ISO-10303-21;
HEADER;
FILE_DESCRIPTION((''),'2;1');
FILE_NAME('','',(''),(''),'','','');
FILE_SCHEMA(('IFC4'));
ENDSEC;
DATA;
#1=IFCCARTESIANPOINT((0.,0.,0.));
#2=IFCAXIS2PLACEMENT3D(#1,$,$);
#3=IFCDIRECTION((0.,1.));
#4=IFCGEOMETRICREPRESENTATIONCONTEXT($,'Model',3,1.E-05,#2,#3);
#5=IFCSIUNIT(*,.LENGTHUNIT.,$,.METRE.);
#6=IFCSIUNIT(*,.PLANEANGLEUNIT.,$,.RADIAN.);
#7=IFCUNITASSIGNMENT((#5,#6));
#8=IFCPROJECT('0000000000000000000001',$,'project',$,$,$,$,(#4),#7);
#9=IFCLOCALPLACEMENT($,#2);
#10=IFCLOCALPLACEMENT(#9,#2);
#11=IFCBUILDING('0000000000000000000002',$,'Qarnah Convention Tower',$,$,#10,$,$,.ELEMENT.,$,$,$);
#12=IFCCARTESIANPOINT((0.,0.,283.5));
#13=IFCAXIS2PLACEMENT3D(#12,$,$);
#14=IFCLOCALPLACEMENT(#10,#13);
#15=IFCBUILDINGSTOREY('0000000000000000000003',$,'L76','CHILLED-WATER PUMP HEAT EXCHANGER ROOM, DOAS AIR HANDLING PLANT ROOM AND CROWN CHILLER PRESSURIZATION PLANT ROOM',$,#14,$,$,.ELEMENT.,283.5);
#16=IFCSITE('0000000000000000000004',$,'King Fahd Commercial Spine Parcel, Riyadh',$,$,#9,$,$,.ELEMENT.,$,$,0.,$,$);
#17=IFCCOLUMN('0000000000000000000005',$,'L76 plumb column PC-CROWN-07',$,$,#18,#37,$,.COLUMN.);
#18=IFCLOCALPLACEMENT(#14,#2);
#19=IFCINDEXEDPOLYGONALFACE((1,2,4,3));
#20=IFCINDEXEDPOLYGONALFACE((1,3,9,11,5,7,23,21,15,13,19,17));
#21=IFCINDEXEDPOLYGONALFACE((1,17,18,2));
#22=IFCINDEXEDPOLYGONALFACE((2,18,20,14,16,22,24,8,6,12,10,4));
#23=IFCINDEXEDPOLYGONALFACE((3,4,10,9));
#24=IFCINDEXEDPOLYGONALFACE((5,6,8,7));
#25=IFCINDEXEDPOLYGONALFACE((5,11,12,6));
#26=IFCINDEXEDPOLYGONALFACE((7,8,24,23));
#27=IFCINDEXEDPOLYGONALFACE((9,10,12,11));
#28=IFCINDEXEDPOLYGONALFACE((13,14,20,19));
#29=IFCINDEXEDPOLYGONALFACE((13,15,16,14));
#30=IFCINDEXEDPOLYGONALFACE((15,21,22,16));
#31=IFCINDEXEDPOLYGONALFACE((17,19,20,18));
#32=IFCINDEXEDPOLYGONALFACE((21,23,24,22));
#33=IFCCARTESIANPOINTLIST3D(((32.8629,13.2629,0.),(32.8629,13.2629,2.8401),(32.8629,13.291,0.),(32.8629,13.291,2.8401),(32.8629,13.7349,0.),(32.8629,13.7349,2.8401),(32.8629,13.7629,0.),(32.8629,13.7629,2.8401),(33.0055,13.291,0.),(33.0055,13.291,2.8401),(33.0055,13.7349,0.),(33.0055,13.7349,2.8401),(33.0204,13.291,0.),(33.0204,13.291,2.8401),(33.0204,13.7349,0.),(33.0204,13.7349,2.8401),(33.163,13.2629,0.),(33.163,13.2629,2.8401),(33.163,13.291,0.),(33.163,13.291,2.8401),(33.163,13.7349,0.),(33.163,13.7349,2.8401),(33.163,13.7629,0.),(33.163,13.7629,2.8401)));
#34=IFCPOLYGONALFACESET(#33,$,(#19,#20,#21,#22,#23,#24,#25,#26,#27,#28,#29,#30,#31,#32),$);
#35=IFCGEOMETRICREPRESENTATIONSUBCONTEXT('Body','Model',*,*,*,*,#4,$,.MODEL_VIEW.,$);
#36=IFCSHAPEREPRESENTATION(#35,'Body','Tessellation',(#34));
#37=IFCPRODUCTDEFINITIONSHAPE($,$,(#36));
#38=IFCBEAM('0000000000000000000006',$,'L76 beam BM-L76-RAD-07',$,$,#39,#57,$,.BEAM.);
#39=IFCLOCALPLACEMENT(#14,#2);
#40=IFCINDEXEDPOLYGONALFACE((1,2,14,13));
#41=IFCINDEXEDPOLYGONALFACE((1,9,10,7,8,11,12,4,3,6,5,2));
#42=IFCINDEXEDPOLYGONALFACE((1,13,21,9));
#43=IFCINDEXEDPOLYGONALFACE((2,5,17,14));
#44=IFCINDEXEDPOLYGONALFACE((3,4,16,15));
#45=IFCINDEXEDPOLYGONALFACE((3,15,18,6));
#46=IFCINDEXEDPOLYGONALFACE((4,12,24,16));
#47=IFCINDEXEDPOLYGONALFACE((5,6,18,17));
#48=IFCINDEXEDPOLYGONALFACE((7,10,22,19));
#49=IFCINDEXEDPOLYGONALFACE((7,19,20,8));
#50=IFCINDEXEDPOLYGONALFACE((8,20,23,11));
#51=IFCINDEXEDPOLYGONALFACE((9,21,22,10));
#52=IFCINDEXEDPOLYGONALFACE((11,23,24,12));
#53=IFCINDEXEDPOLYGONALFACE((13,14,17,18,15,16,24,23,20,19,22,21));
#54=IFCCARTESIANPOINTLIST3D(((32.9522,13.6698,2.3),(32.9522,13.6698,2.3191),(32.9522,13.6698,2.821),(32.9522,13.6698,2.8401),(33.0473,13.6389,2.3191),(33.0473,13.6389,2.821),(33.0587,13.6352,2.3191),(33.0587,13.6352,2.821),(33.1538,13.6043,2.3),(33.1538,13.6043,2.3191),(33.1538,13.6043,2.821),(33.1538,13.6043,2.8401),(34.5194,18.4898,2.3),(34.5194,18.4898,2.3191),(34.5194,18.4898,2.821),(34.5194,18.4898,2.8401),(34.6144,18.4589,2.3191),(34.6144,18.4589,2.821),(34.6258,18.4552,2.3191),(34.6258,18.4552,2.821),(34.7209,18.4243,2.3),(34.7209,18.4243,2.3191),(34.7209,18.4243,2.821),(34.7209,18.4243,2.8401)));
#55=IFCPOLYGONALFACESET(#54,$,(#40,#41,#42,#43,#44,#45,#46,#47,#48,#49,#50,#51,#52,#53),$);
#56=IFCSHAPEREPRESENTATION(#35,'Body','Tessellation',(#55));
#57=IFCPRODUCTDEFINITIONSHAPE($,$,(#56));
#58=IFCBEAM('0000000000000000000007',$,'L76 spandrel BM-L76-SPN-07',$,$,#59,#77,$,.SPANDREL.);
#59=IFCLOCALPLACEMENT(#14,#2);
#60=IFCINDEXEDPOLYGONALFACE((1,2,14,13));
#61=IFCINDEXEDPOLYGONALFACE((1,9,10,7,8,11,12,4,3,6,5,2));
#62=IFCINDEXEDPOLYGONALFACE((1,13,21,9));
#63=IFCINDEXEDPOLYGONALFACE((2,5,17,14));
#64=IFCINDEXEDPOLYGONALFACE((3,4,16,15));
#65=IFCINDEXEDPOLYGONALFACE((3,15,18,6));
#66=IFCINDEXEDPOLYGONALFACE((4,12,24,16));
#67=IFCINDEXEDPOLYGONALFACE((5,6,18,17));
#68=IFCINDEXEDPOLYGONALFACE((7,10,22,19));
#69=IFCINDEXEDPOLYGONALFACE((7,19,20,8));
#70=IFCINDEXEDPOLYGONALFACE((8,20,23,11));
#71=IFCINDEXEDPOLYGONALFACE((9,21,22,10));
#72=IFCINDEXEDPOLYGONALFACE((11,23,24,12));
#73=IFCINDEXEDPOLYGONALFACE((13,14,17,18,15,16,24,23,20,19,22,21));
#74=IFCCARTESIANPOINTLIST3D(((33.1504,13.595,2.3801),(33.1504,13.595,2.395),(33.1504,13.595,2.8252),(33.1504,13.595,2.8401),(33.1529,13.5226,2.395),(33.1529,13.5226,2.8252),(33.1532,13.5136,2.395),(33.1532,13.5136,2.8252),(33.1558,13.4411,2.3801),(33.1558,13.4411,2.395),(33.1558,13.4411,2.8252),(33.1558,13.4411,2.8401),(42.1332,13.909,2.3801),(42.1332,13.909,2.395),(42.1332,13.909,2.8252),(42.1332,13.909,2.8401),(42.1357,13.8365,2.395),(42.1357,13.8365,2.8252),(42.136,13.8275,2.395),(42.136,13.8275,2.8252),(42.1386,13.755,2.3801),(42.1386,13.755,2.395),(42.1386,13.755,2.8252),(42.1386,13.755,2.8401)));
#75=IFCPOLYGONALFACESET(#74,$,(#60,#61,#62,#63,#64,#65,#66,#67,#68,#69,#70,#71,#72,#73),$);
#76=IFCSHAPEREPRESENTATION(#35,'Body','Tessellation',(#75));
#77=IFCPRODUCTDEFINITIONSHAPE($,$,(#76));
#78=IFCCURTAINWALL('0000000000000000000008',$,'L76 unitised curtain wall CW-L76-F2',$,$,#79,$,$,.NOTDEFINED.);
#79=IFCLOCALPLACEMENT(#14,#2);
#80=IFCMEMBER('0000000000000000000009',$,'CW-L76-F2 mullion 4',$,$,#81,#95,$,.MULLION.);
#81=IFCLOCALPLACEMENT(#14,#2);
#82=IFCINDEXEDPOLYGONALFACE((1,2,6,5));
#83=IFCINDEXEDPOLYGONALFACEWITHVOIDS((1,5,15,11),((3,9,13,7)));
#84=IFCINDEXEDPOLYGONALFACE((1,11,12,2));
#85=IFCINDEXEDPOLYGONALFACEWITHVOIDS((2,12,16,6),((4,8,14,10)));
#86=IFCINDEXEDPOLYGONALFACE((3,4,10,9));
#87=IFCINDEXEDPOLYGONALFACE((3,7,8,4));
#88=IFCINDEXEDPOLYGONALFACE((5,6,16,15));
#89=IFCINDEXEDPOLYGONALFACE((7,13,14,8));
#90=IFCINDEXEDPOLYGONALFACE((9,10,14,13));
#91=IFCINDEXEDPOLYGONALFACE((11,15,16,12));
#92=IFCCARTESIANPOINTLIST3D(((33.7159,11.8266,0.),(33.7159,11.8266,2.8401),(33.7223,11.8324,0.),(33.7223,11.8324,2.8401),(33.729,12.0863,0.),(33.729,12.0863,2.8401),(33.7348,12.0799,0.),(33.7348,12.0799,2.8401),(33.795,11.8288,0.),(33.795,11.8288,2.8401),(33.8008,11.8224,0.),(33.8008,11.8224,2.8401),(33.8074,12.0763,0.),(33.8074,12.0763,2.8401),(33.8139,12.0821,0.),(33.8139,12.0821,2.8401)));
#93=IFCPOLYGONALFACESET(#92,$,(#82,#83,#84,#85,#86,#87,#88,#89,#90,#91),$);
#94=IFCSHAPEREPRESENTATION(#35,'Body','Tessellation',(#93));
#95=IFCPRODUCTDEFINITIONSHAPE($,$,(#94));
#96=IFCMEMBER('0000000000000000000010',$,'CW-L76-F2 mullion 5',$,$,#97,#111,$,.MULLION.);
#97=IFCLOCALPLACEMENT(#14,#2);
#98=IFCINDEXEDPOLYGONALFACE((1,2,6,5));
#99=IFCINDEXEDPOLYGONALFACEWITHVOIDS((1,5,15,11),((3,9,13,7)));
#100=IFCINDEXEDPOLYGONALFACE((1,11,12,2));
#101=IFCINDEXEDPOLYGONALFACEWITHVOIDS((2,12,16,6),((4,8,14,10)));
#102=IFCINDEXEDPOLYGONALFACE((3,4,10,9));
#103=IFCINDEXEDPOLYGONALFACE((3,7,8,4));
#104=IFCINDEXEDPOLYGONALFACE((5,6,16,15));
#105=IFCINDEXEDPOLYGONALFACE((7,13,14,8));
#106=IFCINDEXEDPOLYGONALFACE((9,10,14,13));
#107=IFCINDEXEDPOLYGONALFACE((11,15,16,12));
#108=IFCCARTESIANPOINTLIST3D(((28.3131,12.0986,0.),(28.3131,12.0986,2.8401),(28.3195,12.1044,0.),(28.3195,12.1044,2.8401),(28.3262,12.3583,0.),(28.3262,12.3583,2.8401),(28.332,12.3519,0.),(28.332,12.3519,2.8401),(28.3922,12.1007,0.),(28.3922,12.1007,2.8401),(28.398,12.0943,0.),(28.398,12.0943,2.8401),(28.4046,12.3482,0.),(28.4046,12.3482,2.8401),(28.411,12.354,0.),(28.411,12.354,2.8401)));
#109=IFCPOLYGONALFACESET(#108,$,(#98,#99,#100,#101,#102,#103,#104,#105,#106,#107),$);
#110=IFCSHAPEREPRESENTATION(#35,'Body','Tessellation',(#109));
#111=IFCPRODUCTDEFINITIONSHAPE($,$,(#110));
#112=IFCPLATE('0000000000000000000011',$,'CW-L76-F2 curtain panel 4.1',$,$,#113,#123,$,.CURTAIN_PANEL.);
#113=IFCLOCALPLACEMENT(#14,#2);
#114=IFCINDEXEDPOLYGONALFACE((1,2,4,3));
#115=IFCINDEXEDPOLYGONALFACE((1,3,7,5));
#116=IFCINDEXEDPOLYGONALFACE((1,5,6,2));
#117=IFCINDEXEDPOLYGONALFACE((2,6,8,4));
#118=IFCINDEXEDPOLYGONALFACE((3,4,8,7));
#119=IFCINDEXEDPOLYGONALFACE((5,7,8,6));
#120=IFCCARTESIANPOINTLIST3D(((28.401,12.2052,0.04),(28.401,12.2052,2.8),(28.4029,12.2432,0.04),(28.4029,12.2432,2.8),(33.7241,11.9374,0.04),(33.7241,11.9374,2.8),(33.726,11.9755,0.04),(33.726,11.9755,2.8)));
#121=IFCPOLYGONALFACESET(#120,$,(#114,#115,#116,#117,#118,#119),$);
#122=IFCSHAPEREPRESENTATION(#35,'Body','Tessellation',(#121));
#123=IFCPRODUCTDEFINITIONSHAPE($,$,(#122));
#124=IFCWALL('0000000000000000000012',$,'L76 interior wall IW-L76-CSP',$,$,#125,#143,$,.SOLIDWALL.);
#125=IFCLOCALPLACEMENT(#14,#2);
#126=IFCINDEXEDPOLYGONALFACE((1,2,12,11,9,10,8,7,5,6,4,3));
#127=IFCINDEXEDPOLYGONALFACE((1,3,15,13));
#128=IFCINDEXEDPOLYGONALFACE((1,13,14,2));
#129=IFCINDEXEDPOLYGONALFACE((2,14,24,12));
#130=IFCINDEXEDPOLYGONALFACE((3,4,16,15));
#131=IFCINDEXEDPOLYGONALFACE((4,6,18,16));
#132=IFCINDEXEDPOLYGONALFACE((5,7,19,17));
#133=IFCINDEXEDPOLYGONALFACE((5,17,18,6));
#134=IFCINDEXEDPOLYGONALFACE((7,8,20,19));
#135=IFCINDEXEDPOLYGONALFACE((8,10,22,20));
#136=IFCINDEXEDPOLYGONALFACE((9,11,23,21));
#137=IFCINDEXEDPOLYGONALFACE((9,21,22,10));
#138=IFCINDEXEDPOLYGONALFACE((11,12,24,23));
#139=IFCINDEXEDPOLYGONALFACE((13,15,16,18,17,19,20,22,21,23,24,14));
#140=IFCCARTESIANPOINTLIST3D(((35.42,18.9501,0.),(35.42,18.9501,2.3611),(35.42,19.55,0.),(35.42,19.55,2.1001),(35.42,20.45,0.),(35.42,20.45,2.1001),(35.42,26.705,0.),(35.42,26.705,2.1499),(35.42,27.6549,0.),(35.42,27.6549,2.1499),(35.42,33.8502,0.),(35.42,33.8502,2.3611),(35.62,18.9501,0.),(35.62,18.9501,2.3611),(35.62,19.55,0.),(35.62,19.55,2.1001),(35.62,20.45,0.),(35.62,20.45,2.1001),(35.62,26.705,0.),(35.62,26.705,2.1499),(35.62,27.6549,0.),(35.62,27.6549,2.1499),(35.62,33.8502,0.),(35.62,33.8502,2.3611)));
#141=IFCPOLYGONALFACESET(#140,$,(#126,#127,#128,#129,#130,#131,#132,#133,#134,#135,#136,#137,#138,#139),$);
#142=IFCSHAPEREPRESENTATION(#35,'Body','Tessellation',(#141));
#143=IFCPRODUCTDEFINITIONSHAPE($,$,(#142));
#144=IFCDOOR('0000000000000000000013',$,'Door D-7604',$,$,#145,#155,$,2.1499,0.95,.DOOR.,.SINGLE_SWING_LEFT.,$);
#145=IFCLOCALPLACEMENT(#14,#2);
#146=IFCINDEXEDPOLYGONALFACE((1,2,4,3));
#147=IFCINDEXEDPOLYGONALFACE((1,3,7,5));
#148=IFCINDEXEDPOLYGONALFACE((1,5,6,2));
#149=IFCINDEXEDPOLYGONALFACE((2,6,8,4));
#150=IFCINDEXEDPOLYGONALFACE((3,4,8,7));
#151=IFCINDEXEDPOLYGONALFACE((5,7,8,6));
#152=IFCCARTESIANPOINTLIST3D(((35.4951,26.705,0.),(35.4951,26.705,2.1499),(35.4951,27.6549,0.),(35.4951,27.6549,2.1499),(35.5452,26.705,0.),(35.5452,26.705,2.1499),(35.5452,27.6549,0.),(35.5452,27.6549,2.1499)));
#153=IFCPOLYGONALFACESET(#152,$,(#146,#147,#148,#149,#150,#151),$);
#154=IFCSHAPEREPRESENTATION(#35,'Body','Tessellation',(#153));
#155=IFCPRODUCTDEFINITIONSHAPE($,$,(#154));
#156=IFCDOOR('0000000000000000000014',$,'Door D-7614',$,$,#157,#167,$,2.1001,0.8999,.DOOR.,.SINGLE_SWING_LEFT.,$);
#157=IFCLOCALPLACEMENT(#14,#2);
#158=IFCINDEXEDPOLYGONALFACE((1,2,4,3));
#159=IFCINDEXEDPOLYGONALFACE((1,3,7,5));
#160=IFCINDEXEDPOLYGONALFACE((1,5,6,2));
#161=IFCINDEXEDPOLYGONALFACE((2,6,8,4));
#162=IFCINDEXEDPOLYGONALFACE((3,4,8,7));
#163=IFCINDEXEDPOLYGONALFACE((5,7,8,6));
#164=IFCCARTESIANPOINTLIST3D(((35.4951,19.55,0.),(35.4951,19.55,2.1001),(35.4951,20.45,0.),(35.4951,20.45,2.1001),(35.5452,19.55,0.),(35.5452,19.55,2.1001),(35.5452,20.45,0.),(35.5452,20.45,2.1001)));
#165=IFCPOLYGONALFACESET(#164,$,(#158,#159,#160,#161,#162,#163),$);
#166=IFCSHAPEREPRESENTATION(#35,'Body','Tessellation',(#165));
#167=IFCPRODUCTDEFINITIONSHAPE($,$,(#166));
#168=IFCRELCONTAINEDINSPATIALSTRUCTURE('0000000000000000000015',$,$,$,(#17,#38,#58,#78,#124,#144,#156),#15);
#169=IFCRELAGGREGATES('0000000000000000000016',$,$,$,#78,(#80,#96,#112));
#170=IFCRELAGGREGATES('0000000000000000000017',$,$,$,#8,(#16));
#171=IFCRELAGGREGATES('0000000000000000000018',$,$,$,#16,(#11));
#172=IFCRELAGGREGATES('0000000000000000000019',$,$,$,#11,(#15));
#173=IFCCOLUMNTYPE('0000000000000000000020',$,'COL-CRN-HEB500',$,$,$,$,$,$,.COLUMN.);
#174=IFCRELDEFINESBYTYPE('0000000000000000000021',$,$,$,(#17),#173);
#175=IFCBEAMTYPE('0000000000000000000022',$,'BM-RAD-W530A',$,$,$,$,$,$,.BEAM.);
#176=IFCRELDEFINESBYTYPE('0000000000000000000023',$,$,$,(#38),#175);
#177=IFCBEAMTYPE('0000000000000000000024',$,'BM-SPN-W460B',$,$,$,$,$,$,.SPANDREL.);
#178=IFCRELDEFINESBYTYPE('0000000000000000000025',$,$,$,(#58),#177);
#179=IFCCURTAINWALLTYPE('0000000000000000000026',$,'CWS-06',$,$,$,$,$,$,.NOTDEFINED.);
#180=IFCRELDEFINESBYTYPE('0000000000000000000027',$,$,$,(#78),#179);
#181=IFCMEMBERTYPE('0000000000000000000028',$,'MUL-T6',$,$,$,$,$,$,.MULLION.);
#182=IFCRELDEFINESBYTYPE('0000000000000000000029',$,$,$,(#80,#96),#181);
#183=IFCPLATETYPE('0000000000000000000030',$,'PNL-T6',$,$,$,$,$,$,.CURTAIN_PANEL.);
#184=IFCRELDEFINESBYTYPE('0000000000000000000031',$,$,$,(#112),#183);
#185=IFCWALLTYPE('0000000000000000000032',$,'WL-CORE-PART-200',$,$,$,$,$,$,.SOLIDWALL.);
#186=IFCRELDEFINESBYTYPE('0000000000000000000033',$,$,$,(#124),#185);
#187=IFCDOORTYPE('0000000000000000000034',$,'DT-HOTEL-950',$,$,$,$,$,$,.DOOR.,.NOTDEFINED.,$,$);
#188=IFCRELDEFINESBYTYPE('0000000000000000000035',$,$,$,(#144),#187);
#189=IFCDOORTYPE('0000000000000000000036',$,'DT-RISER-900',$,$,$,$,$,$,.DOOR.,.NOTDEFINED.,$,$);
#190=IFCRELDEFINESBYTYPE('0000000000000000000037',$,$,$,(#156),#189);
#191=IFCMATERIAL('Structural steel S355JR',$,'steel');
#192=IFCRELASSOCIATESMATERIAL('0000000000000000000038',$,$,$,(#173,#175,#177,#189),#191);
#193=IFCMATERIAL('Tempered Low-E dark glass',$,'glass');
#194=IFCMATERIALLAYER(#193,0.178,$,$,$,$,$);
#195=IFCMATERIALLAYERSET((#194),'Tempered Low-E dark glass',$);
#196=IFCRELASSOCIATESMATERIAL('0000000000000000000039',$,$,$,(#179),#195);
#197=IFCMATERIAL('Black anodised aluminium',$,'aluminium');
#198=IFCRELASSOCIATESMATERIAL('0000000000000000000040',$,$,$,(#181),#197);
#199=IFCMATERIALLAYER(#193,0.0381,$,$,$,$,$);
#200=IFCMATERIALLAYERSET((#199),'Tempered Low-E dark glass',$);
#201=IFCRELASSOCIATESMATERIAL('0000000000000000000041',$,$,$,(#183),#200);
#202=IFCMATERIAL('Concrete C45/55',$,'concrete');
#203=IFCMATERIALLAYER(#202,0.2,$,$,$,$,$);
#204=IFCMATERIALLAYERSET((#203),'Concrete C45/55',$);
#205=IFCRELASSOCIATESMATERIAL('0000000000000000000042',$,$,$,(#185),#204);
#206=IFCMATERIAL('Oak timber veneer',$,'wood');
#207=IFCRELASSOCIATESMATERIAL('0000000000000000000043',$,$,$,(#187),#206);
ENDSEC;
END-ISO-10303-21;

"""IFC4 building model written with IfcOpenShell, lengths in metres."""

from ifc_helpers import new_model, si_unit, direction, frame, frame_2d, origin, origin_2d, place, context, subcontext, project, spatial, rectangle, hollow_rectangle, i_section, extrude, material, layer, layer_set, material_profile, profile_set, type_object, element, fill, aggregate, save


model = new_model("IFC4")

# Units and contexts
model_context = context("Model", 3, precision=1e-05, world=origin(), true_north=direction((0.0, 1.0)))
body_context = subcontext(model_context, "Body", "Model", "MODEL_VIEW")
ifc_project = project(units=[si_unit("LENGTHUNIT", "METRE"), si_unit("PLANEANGLEUNIT", "RADIAN")], contexts=[model_context])

# Site, building, storey
site_placement = place(None, origin())
site = spatial("IfcSite", under=ifc_project, at=site_placement, Name="King Fahd Commercial Spine Parcel, Riyadh", CompositionType="ELEMENT", RefElevation=0.0)
building_placement = place(site_placement, origin())
building = spatial("IfcBuilding", under=site, at=building_placement, Name="Qarnah Convention Tower", CompositionType="ELEMENT")
storey_placement = place(building_placement, frame((0.0, 0.0, 283.5)))
storey = spatial("IfcBuildingStorey", under=building, at=storey_placement, Name="L76", Description="CHILLED-WATER PUMP HEAT EXCHANGER ROOM, DOAS AIR HANDLING PLANT ROOM AND CROWN CHILLER PRESSURIZATION PLANT ROOM", CompositionType="ELEMENT", Elevation=283.5)

# Column
ifc_material_1 = material(Name="Structural steel S355JR", Category="steel")
ifc_material_profile_1 = material_profile(ifc_material_1, i_section(OverallWidth=0.3, OverallDepth=0.5, WebThickness=0.0149, FlangeThickness=0.0281, at=origin_2d()), Name="HEB500")
ifc_profile_set_1 = profile_set([ifc_material_profile_1], Name="Structural steel S355JR")
column_type = type_object("IfcColumnType", Name="COL-CRN-HEB500", PredefinedType="COLUMN", material=ifc_profile_set_1)
column_placement = place(storey_placement, frame((33.0129, 13.5129, 0.0), z_axis=(0.0, 0.0, 1.0), x_axis=(1.0, 0.0, 0.0)))
element("IfcColumn", 1, at=column_placement, inside=storey, type_object=column_type, Name="L76 plumb column PC-CROWN-07", PredefinedType="COLUMN", context=body_context, shape_type="SweptSolid", body=[
    extrude(i_section(OverallWidth=0.3, OverallDepth=0.5, WebThickness=0.0149, FlangeThickness=0.0281, at=origin_2d()), origin(), (0.0, 0.0, 1.0), 2.8401),
])

# Beams
ifc_material_profile_2 = material_profile(ifc_material_1, i_section(OverallWidth=0.2119, OverallDepth=0.54, WebThickness=0.012, FlangeThickness=0.019, at=origin_2d()), Name="W530X109")
ifc_profile_set_2 = profile_set([ifc_material_profile_2], Name="Structural steel S355JR")
beam_type_1 = type_object("IfcBeamType", Name="BM-RAD-W530A", PredefinedType="BEAM", material=ifc_profile_set_2)
beam_1_placement = place(storey_placement, frame((34.6201, 18.457, 2.5701), z_axis=(-0.309196, -0.950998, 0.0), x_axis=(0.950998, -0.309196, 0.0)))
element("IfcBeam", 2, at=beam_1_placement, inside=storey, type_object=beam_type_1, Name="L76 beam BM-L76-RAD-07", PredefinedType="BEAM", context=body_context, shape_type="SweptSolid", body=[
    extrude(i_section(OverallWidth=0.2119, OverallDepth=0.54, WebThickness=0.012, FlangeThickness=0.019, at=origin_2d()), origin(), (0.0, 0.0, 1.0), 5.0684),
])
ifc_material_profile_3 = material_profile(ifc_material_1, i_section(OverallWidth=0.1541, OverallDepth=0.46, WebThickness=0.009, FlangeThickness=0.0149, at=origin_2d()), Name="W460X68")
ifc_profile_set_3 = profile_set([ifc_material_profile_3], Name="Structural steel S355JR")
beam_type_2 = type_object("IfcBeamType", Name="BM-SPN-W460B", PredefinedType="SPANDREL", material=ifc_profile_set_3)
beam_2_placement = place(storey_placement, frame((33.1531, 13.5181, 2.6101), z_axis=(0.99939, 0.03493, 0.0), x_axis=(-0.03493, 0.99939, 0.0)))
element("IfcBeam", 3, at=beam_2_placement, inside=storey, type_object=beam_type_2, Name="L76 spandrel BM-L76-SPN-07", PredefinedType="SPANDREL", context=body_context, shape_type="SweptSolid", body=[
    extrude(i_section(OverallWidth=0.1541, OverallDepth=0.46, WebThickness=0.009, FlangeThickness=0.0149, at=origin_2d()), origin(), (0.0, 0.0, 1.0), 8.9883),
])

# Curtain wall, members, plate
ifc_material_2 = material(Name="Tempered Low-E dark glass", Category="glass")
ifc_layer_1 = layer(ifc_material_2, 0.178)
ifc_layer_set_1 = layer_set([ifc_layer_1], Name="Tempered Low-E dark glass")
curtain_wall_type = type_object("IfcCurtainWallType", Name="CWS-06", PredefinedType="NOTDEFINED", material=ifc_layer_set_1)
curtain_wall_placement = place(storey_placement, origin())
curtain_wall = element("IfcCurtainWall", 4, at=curtain_wall_placement, inside=storey, type_object=curtain_wall_type, Name="L76 unitised curtain wall CW-L76-F2", PredefinedType="NOTDEFINED")
ifc_material_3 = material(Name="Black anodised aluminium", Category="aluminium")
ifc_material_profile_4 = material_profile(ifc_material_3, hollow_rectangle(XDim=0.085, YDim=0.26, WallThickness=0.0061, at=origin_2d()), Name="MUL-85X260")
ifc_profile_set_4 = profile_set([ifc_material_profile_4], Name="Black anodised aluminium")
member_type = type_object("IfcMemberType", Name="MUL-T6", PredefinedType="MULLION", material=ifc_profile_set_4)
member_1_placement = place(storey_placement, frame((33.7649, 11.9543, 0.0), z_axis=(0.0, 0.0, 1.0), x_axis=(-0.998737, 0.050242, 0.0)))
member_1 = element("IfcMember", 5, at=member_1_placement, type_object=member_type, Name="CW-L76-F2 mullion 4", PredefinedType="MULLION", context=body_context, shape_type="SweptSolid", body=[
    extrude(hollow_rectangle(XDim=0.085, YDim=0.26, WallThickness=0.0061, at=origin_2d()), origin(), (0.0, 0.0, 1.0), 2.8401),
])
member_2_placement = place(storey_placement, frame((28.3621, 12.2263, 0.0), z_axis=(0.0, 0.0, 1.0), x_axis=(-0.998737, 0.050242, 0.0)))
member_2 = element("IfcMember", 6, at=member_2_placement, type_object=member_type, Name="CW-L76-F2 mullion 5", PredefinedType="MULLION", context=body_context, shape_type="SweptSolid", body=[
    extrude(hollow_rectangle(XDim=0.085, YDim=0.26, WallThickness=0.0061, at=origin_2d()), origin(), (0.0, 0.0, 1.0), 2.8401),
])
ifc_layer_2 = layer(ifc_material_2, 0.0381)
ifc_layer_set_2 = layer_set([ifc_layer_2], Name="Tempered Low-E dark glass")
plate_type = type_object("IfcPlateType", Name="PNL-T6", PredefinedType="CURTAIN_PANEL", material=ifc_layer_set_2)
plate_placement = place(storey_placement, frame((31.0635, 12.0903, 0.04), z_axis=(0.0, 0.0, 1.0), x_axis=(-0.998737, 0.050242, 0.0)))
plate = element("IfcPlate", 7, at=plate_placement, type_object=plate_type, Name="CW-L76-F2 curtain panel 4.1", PredefinedType="CURTAIN_PANEL", context=body_context, shape_type="SweptSolid", body=[
    extrude(rectangle(XDim=5.3298, YDim=0.0381, at=origin_2d()), origin(), (0.0, 0.0, 1.0), 2.76),
])
aggregate(curtain_wall, [member_1, member_2, plate])

# Wall, openings, doors
door_type_1 = type_object("IfcDoorType", Name="DT-RISER-900", OperationType="NOTDEFINED", PredefinedType="DOOR", material=ifc_material_1)
ifc_material_4 = material(Name="Concrete C45/55", Category="concrete")
ifc_layer_3 = layer(ifc_material_4, 0.2)
ifc_layer_set_3 = layer_set([ifc_layer_3], Name="Concrete C45/55")
wall_type_1 = type_object("IfcWallType", Name="WL-CORE-PART-200", PredefinedType="SOLIDWALL", material=ifc_layer_set_3)
wall_1_placement = place(storey_placement, frame((35.52, 18.95, 0.0), z_axis=(0.0, 0.0, 1.0), x_axis=(0.0, 1.0, 0.0)))
wall_1 = element("IfcWall", 8, at=wall_1_placement, inside=storey, type_object=wall_type_1, Name="L76 interior wall IW-L76-CSP", PredefinedType="SOLIDWALL", context=body_context, shape_type="SweptSolid", body=[
    extrude(rectangle(XDim=14.9001, YDim=0.2, at=frame_2d((7.4502, 0.0))), origin(), (0.0, 0.0, 1.0), 2.3611),
])
opening_1_placement = place(wall_1_placement, frame((7.7549, 0.0, 0.0)))
opening_1 = element("IfcOpeningElement", 9, at=opening_1_placement, cuts=wall_1, PredefinedType="OPENING", context=body_context, shape_type="SweptSolid", body=[
    extrude(rectangle(XDim=0.95, YDim=2.1499, at=frame_2d((0.4751, 1.075))), frame((0.0, 0.1099, 0.0), z_axis=(0.0, -1.0, 0.0), x_axis=(1.0, 0.0, 0.0)), (0.0, 0.0, 1.0), 0.22),
])
opening_2_placement = place(wall_1_placement, frame((0.6001, 0.0, 0.0)))
opening_2 = element("IfcOpeningElement", 10, at=opening_2_placement, cuts=wall_1, PredefinedType="OPENING", context=body_context, shape_type="SweptSolid", body=[
    extrude(rectangle(XDim=0.8999, YDim=2.1001, at=frame_2d((0.45, 1.05))), frame((0.0, 0.1099, 0.0), z_axis=(0.0, -1.0, 0.0), x_axis=(1.0, 0.0, 0.0)), (0.0, 0.0, 1.0), 0.22),
])
ifc_material_5 = material(Name="Oak timber veneer", Category="wood")
door_type_2 = type_object("IfcDoorType", Name="DT-HOTEL-950", OperationType="NOTDEFINED", PredefinedType="DOOR", material=ifc_material_5)
door_1_placement = place(opening_1_placement, origin())
door_1 = element("IfcDoor", 11, at=door_1_placement, inside=storey, type_object=door_type_2, Name="Door D-7604", OperationType="SINGLE_SWING_LEFT", OverallHeight=2.1499, OverallWidth=0.95, PredefinedType="DOOR", context=body_context, shape_type="SweptSolid", body=[
    extrude(rectangle(XDim=0.95, YDim=2.1499, at=frame_2d((0.4751, 1.075))), frame((0.0, 0.0249, 0.0), z_axis=(0.0, -1.0, 0.0), x_axis=(1.0, 0.0, 0.0)), (0.0, 0.0, 1.0), 0.05),
])
fill(opening_1, door_1)
door_2_placement = place(opening_2_placement, origin())
door_2 = element("IfcDoor", 12, at=door_2_placement, inside=storey, type_object=door_type_1, Name="Door D-7614", OperationType="SINGLE_SWING_LEFT", OverallHeight=2.1001, OverallWidth=0.8999, PredefinedType="DOOR", context=body_context, shape_type="SweptSolid", body=[
    extrude(rectangle(XDim=0.8999, YDim=2.1001, at=frame_2d((0.45, 1.05))), frame((0.0, 0.0249, 0.0), z_axis=(0.0, -1.0, 0.0), x_axis=(1.0, 0.0, 0.0)), (0.0, 0.0, 1.0), 0.05),
])
fill(opening_2, door_2)

save(model, "model.ifc")
